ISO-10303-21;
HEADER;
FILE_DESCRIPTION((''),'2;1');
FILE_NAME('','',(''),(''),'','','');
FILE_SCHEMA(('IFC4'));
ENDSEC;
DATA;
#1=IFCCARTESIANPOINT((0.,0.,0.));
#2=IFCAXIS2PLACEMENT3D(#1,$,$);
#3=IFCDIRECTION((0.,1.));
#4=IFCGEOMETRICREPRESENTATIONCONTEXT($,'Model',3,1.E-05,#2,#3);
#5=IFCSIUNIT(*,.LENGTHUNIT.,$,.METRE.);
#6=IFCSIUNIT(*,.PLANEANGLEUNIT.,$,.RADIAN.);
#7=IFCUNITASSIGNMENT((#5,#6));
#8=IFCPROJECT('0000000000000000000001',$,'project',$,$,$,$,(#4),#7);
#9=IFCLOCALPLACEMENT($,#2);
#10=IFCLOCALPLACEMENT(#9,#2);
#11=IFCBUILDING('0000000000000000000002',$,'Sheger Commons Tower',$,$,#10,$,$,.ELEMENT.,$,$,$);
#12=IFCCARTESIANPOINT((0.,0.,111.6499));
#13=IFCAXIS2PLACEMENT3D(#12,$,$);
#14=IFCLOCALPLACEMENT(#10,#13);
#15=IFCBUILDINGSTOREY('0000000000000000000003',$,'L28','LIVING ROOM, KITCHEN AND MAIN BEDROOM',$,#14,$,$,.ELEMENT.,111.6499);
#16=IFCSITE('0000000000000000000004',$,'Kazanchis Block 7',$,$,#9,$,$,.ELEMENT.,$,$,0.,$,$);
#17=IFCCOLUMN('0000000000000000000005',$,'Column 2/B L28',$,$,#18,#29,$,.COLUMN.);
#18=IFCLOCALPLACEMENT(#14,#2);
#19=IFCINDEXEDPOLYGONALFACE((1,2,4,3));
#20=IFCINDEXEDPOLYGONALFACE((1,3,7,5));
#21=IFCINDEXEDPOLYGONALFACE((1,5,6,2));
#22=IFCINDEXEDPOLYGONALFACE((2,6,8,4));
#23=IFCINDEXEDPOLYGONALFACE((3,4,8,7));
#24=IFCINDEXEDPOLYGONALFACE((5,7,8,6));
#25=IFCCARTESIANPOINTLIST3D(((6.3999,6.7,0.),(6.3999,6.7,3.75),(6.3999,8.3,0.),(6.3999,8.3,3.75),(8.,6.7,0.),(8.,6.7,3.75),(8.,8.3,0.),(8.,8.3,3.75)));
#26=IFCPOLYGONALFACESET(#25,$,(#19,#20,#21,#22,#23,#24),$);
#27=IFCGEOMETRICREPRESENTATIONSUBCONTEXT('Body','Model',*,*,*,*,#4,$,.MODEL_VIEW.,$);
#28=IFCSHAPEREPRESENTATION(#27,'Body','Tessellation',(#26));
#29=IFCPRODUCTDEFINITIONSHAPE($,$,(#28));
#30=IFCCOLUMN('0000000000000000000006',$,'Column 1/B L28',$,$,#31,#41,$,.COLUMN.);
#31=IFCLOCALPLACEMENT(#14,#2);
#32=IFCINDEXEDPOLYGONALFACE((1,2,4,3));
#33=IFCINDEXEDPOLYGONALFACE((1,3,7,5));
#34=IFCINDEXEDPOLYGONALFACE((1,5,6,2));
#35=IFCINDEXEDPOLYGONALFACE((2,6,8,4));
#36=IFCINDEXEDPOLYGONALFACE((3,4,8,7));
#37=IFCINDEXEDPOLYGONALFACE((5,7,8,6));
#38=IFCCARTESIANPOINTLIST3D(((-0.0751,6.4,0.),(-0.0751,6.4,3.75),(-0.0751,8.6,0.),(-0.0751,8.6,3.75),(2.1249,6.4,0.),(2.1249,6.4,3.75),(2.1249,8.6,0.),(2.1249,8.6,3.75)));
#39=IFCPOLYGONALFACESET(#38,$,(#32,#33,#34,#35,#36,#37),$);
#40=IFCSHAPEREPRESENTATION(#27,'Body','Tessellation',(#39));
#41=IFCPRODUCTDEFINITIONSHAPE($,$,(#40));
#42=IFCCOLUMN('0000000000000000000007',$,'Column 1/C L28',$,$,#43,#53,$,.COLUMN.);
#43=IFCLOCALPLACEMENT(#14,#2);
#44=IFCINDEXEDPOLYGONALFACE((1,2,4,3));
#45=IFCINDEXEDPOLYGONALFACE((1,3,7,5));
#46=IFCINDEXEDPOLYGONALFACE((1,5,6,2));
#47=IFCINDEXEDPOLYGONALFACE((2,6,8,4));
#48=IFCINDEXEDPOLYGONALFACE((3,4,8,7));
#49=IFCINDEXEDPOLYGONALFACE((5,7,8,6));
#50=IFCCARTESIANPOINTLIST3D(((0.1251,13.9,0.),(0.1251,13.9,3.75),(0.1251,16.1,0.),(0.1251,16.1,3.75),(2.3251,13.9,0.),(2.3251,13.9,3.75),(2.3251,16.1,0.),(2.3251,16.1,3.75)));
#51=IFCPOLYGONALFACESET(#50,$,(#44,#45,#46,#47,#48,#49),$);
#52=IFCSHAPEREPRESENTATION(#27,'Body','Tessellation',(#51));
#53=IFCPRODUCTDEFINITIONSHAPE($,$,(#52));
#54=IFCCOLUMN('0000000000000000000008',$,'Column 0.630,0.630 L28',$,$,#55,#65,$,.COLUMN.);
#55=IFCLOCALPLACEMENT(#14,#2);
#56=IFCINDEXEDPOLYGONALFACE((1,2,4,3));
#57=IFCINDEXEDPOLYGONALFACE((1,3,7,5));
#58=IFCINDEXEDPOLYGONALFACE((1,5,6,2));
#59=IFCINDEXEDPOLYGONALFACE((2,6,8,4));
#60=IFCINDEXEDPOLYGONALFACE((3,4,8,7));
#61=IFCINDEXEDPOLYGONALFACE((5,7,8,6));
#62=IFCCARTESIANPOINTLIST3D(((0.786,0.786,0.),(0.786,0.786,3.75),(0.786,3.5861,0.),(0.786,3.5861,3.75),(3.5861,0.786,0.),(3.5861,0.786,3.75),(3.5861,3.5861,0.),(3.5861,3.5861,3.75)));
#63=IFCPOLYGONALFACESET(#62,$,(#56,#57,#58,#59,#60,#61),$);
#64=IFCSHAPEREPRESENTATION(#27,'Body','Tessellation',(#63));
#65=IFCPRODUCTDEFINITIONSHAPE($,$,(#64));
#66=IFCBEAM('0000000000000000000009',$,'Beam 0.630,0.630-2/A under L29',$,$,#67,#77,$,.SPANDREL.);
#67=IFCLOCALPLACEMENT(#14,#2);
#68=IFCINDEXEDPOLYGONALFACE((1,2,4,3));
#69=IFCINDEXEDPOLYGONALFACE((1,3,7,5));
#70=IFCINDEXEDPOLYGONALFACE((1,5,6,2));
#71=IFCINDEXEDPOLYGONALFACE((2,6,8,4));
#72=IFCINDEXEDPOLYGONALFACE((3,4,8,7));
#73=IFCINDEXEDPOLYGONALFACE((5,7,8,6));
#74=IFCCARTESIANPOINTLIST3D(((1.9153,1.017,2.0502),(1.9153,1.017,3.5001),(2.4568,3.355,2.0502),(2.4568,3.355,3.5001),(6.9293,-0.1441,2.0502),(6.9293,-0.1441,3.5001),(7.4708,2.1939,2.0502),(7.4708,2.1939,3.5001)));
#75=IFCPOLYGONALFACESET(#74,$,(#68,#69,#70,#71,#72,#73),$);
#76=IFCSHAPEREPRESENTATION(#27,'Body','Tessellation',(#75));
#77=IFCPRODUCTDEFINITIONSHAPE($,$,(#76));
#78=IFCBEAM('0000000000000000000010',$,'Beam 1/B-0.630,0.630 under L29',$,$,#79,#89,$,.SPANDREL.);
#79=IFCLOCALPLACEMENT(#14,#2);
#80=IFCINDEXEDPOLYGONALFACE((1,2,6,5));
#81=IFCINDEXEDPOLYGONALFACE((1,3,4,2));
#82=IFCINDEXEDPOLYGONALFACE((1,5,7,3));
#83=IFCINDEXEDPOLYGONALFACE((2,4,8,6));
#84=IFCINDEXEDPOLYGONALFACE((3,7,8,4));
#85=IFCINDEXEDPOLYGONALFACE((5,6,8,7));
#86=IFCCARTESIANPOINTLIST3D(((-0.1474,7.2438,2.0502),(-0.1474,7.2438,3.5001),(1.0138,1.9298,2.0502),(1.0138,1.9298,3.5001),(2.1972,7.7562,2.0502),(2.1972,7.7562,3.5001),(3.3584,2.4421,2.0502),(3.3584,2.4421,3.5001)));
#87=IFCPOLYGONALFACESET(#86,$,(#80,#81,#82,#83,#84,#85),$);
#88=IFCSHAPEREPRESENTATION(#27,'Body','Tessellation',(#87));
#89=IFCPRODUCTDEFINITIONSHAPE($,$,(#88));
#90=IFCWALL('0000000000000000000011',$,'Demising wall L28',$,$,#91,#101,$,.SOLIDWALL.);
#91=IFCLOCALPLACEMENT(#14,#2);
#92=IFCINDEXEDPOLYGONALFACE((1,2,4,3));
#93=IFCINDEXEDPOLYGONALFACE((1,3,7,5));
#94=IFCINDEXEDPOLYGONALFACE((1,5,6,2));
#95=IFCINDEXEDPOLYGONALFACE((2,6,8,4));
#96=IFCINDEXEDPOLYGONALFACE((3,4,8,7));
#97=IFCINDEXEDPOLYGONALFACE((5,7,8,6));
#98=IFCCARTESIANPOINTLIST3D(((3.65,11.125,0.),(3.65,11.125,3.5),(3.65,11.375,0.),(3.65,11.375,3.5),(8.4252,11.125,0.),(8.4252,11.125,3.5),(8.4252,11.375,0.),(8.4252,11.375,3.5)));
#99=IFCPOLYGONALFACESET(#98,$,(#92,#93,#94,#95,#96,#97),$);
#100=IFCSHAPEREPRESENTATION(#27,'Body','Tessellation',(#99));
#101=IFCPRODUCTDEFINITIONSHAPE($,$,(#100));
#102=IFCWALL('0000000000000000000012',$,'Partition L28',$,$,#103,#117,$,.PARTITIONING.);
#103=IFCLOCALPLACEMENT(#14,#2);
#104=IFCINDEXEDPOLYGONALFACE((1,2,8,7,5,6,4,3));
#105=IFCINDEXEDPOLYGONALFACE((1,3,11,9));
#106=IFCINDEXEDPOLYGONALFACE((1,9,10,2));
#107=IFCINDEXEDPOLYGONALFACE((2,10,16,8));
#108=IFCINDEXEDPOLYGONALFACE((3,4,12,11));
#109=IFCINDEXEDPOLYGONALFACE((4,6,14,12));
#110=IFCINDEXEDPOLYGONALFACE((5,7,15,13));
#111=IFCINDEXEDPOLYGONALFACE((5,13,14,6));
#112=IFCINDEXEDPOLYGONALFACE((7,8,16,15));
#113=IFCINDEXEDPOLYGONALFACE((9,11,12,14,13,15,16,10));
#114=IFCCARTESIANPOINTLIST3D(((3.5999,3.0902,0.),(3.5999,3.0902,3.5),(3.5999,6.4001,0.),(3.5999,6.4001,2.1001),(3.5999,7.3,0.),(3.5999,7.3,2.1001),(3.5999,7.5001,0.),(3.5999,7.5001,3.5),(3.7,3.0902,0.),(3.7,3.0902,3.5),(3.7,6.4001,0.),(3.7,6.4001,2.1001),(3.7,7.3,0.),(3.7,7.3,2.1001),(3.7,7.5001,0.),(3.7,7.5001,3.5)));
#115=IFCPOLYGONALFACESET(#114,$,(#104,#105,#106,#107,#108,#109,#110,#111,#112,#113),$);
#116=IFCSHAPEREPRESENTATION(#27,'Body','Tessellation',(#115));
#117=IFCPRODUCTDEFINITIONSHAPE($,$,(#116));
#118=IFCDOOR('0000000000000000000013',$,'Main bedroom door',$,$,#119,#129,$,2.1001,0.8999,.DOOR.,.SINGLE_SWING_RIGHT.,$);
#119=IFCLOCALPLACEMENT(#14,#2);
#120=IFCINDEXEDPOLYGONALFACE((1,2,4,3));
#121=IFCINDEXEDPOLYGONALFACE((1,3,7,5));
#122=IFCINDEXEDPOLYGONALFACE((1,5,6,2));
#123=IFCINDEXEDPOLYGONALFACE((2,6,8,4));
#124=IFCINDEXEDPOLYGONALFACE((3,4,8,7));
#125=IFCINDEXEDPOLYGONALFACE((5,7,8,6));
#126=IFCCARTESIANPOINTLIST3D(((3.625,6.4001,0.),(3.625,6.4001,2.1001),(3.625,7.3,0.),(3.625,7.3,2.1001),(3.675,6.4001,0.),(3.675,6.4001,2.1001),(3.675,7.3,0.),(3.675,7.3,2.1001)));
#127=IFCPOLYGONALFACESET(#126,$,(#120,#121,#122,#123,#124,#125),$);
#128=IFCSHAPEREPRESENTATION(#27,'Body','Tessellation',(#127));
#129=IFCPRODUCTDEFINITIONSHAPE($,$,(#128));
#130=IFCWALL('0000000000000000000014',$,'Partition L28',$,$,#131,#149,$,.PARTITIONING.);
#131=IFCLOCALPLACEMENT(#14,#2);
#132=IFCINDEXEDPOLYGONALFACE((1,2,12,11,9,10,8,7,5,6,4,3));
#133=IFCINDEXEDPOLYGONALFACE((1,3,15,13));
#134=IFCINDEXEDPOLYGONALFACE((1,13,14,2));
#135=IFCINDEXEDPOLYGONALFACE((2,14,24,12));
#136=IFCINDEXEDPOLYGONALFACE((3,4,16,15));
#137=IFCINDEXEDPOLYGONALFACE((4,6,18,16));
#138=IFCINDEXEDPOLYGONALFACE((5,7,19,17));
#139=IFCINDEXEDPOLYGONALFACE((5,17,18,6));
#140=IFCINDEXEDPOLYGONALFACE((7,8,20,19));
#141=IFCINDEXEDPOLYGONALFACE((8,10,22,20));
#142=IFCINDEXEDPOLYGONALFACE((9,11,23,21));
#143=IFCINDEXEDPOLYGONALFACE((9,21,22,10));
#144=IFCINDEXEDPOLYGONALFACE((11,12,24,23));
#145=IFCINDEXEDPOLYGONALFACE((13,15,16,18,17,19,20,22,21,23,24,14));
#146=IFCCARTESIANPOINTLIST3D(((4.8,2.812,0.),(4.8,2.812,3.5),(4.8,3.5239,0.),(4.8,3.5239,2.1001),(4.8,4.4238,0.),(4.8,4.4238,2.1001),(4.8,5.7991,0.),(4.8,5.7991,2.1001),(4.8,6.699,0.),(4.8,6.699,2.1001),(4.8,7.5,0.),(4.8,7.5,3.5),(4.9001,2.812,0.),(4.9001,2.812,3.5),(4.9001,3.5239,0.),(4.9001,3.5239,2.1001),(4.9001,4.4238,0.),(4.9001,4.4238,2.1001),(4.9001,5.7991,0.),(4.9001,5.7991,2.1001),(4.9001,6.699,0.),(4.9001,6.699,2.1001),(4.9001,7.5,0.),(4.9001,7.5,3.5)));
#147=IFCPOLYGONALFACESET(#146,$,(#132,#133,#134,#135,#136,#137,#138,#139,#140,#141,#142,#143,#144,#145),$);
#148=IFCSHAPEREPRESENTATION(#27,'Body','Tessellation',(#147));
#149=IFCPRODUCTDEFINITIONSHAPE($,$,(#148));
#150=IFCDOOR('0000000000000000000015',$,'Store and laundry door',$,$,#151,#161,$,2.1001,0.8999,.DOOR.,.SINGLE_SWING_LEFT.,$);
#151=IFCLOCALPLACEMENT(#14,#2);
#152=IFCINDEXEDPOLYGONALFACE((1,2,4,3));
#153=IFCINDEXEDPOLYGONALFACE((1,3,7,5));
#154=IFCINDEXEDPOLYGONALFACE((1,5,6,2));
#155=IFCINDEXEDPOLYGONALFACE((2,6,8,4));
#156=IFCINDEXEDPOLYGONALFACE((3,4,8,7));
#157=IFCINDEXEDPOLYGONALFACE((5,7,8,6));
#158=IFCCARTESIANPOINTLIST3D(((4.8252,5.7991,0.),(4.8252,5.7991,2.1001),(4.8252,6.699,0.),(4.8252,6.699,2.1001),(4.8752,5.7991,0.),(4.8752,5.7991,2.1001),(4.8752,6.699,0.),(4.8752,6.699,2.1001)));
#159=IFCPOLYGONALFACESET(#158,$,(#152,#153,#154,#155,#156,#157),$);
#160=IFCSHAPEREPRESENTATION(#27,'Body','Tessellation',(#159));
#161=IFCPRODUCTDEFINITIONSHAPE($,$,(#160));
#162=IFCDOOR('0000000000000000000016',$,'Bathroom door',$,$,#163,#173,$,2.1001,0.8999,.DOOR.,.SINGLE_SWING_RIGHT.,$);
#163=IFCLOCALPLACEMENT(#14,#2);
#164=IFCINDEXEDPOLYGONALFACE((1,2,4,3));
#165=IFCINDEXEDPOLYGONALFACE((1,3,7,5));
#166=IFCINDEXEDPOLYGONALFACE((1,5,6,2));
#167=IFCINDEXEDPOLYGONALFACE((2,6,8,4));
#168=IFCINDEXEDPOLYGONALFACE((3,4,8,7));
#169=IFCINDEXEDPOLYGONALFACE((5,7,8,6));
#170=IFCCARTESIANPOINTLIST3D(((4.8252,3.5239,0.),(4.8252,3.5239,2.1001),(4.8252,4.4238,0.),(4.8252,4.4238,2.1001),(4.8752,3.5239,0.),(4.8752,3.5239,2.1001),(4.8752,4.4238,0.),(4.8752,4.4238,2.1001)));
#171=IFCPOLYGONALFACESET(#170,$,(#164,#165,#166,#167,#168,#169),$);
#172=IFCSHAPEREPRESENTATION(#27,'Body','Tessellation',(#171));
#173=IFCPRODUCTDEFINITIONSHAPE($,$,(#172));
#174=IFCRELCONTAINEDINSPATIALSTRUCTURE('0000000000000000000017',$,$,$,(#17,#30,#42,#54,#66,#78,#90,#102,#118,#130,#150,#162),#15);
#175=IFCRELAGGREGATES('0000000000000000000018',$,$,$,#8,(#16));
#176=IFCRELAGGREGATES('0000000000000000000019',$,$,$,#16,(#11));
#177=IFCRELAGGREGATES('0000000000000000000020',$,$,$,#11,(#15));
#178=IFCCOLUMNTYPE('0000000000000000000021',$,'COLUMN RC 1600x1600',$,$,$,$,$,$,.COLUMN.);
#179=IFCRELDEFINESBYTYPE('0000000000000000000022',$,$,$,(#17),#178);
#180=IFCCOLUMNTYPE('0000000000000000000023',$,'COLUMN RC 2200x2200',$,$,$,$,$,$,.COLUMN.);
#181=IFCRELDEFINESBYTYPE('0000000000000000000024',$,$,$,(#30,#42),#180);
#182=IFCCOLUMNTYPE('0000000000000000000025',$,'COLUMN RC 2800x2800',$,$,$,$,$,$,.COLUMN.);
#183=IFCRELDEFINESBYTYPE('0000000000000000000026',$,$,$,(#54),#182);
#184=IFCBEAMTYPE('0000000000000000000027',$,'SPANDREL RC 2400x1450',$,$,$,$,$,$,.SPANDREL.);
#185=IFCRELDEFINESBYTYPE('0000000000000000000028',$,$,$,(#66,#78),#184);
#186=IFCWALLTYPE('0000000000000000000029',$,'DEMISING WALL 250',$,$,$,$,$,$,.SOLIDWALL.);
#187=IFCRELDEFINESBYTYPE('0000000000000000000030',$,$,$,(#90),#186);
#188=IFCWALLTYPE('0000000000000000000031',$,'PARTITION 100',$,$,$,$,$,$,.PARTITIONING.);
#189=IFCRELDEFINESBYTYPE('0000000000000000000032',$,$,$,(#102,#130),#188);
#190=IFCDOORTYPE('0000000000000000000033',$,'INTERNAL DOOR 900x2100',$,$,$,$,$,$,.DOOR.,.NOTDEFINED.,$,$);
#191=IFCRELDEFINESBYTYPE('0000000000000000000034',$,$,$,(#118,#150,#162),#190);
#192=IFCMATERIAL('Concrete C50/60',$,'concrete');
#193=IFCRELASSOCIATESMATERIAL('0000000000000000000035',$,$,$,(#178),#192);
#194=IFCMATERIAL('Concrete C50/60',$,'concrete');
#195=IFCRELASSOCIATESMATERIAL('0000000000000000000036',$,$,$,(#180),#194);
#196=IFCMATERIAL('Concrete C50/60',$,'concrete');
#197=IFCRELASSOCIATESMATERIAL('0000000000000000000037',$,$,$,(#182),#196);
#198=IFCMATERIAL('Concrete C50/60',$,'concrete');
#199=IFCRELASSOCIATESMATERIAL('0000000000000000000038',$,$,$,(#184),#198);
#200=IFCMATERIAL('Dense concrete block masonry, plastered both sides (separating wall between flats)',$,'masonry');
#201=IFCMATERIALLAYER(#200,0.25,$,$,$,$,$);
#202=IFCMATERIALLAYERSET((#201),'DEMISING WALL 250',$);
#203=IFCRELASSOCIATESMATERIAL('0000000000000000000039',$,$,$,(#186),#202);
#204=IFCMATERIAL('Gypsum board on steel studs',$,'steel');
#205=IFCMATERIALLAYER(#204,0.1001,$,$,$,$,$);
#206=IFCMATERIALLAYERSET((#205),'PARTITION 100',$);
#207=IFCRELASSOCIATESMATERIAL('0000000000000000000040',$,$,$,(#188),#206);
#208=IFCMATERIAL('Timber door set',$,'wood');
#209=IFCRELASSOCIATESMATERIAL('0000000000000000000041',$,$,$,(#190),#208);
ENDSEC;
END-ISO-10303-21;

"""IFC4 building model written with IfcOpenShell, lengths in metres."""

from ifc_helpers import new_model, si_unit, direction, frame, frame_2d, origin, origin_2d, place, context, subcontext, project, spatial, rectangle, extrude, material, layer, layer_set, material_profile, profile_set, type_object, element, fill, save


model = new_model("IFC4")

# Units and contexts
model_context = context("Model", 3, precision=1e-05, world=origin(), true_north=direction((0.0, 1.0)))
body_context = subcontext(model_context, "Body", "Model", "MODEL_VIEW")
ifc_project = project(units=[si_unit("LENGTHUNIT", "METRE"), si_unit("PLANEANGLEUNIT", "RADIAN")], contexts=[model_context])

# Site, building, storey
site_placement = place(None, origin())
site = spatial("IfcSite", under=ifc_project, at=site_placement, Name="Kazanchis Block 7", CompositionType="ELEMENT", RefElevation=0.0)
building_placement = place(site_placement, origin())
building = spatial("IfcBuilding", under=site, at=building_placement, Name="Sheger Commons Tower", CompositionType="ELEMENT")
storey_placement = place(building_placement, frame((0.0, 0.0, 111.6499)))
storey = spatial("IfcBuildingStorey", under=building, at=storey_placement, Name="L28", Description="LIVING ROOM, KITCHEN AND MAIN BEDROOM", CompositionType="ELEMENT", Elevation=111.6499)

# Columns
ifc_material_1 = material(Name="Concrete C50/60", Category="concrete")
ifc_material_profile_1 = material_profile(ifc_material_1, rectangle(XDim=1.6001, YDim=1.6001, at=origin_2d()), Name="RC 1600x1600")
ifc_profile_set_1 = profile_set([ifc_material_profile_1], Name="Concrete C50/60")
column_type_1 = type_object("IfcColumnType", Name="COLUMN RC 1600x1600", PredefinedType="COLUMN", material=ifc_profile_set_1)
column_1_placement = place(storey_placement, frame((7.2, 7.5, 0.0), z_axis=(0.0, 0.0, 1.0), x_axis=(1.0, 0.0, 0.0)))
element("IfcColumn", 1, at=column_1_placement, inside=storey, type_object=column_type_1, Name="Column 2/B L28", PredefinedType="COLUMN", context=body_context, shape_type="SweptSolid", body=[
    extrude(rectangle(XDim=1.6001, YDim=1.6001, at=origin_2d()), origin(), (0.0, 0.0, 1.0), 3.75),
])
ifc_material_2 = material(Name="Concrete C50/60", Category="concrete")
ifc_material_profile_2 = material_profile(ifc_material_2, rectangle(XDim=2.2, YDim=2.2, at=origin_2d()), Name="RC 2200x2200")
ifc_profile_set_2 = profile_set([ifc_material_profile_2], Name="Concrete C50/60")
column_type_2 = type_object("IfcColumnType", Name="COLUMN RC 2200x2200", PredefinedType="COLUMN", material=ifc_profile_set_2)
for number, where, z_axis, x_axis, name in (
    (2, (1.0249, 7.5, 0.0), (0.0, 0.0, 1.0), (1.0, 0.0, 0.0), "Column 1/B L28"),
    (3, (1.2251, 15.0, 0.0), (0.0, 0.0, 1.0), (1.0, 0.0, 0.0), "Column 1/C L28"),
):
    element("IfcColumn", number, at=place(storey_placement, frame(where, z_axis=z_axis, x_axis=x_axis)), inside=storey, type_object=column_type_2, Name=name, PredefinedType="COLUMN", context=body_context, shape_type="SweptSolid", body=[
        extrude(rectangle(XDim=2.2, YDim=2.2, at=origin_2d()), origin(), (0.0, 0.0, 1.0), 3.75),
    ])
ifc_material_3 = material(Name="Concrete C50/60", Category="concrete")
ifc_material_profile_3 = material_profile(ifc_material_3, rectangle(XDim=2.8, YDim=2.8, at=origin_2d()), Name="RC 2800x2800")
ifc_profile_set_3 = profile_set([ifc_material_profile_3], Name="Concrete C50/60")
column_type_3 = type_object("IfcColumnType", Name="COLUMN RC 2800x2800", PredefinedType="COLUMN", material=ifc_profile_set_3)
column_2_placement = place(storey_placement, frame((2.186, 2.186, 0.0), z_axis=(0.0, 0.0, 1.0), x_axis=(1.0, 0.0, 0.0)))
element("IfcColumn", 4, at=column_2_placement, inside=storey, type_object=column_type_3, Name="Column 0.630,0.630 L28", PredefinedType="COLUMN", context=body_context, shape_type="SweptSolid", body=[
    extrude(rectangle(XDim=2.8, YDim=2.8, at=origin_2d()), origin(), (0.0, 0.0, 1.0), 3.75),
])

# Beams
ifc_material_4 = material(Name="Concrete C50/60", Category="concrete")
ifc_material_profile_4 = material_profile(ifc_material_4, rectangle(XDim=2.3999, YDim=1.45, at=origin_2d()), Name="RC 2400x1450")
ifc_profile_set_4 = profile_set([ifc_material_profile_4], Name="Concrete C50/60")
beam_type = type_object("IfcBeamType", Name="SPANDREL RC 2400x1450", PredefinedType="SPANDREL", material=ifc_profile_set_4)
beam_1_placement = place(storey_placement, frame((2.186, 2.186, 2.7751), z_axis=(0.974217, -0.225611, 0.0), x_axis=(0.225611, 0.974217, 0.0)))
element("IfcBeam", 5, at=beam_1_placement, inside=storey, type_object=beam_type, Name="Beam 0.630,0.630-2/A under L29", PredefinedType="SPANDREL", context=body_context, shape_type="SweptSolid", body=[
    extrude(rectangle(XDim=2.3999, YDim=1.45, at=origin_2d()), origin(), (0.0, 0.0, 1.0), 5.1467),
])
beam_2_placement = place(storey_placement, frame((1.0249, 7.5, 2.7751), z_axis=(0.213469, -0.97695, 0.0), x_axis=(0.97695, 0.213469, 0.0)))
element("IfcBeam", 6, at=beam_2_placement, inside=storey, type_object=beam_type, Name="Beam 1/B-0.630,0.630 under L29", PredefinedType="SPANDREL", context=body_context, shape_type="SweptSolid", body=[
    extrude(rectangle(XDim=2.3999, YDim=1.45, at=origin_2d()), origin(), (0.0, 0.0, 1.0), 5.4395),
])

# Wall
ifc_material_5 = material(Name="Dense concrete block masonry, plastered both sides (separating wall between flats)", Category="masonry")
ifc_layer_1 = layer(ifc_material_5, 0.25)
ifc_layer_set_1 = layer_set([ifc_layer_1], Name="DEMISING WALL 250")
wall_type_1 = type_object("IfcWallType", Name="DEMISING WALL 250", PredefinedType="SOLIDWALL", material=ifc_layer_set_1)
wall_1_placement = place(storey_placement, frame((3.6499, 11.25, 0.0), z_axis=(0.0, 0.0, 1.0), x_axis=(1.0, 0.0, 0.0)))
element("IfcWall", 7, at=wall_1_placement, inside=storey, type_object=wall_type_1, Name="Demising wall L28", PredefinedType="SOLIDWALL", context=body_context, shape_type="SweptSolid", body=[
    extrude(rectangle(XDim=4.7751, YDim=0.25, at=frame_2d((2.3877, 0.0))), origin(), (0.0, 0.0, 1.0), 3.5),
])

# Wall, opening, door
ifc_material_6 = material(Name="Gypsum board on steel studs", Category="steel")
ifc_layer_2 = layer(ifc_material_6, 0.1001)
ifc_layer_set_2 = layer_set([ifc_layer_2], Name="PARTITION 100")
wall_type_2 = type_object("IfcWallType", Name="PARTITION 100", PredefinedType="PARTITIONING", material=ifc_layer_set_2)
wall_2_placement = place(storey_placement, frame((3.6499, 3.0901, 0.0), z_axis=(0.0, 0.0, 1.0), x_axis=(0.0, 1.0, 0.0)))
wall_2 = element("IfcWall", 8, at=wall_2_placement, inside=storey, type_object=wall_type_2, Name="Partition L28", PredefinedType="PARTITIONING", context=body_context, shape_type="SweptSolid", body=[
    extrude(rectangle(XDim=4.4099, YDim=0.1001, at=frame_2d((2.2051, 0.0))), origin(), (0.0, 0.0, 1.0), 3.5),
])
opening_1_placement = place(wall_2_placement, frame((3.3101, 0.0, 0.0)))
opening_1 = element("IfcOpeningElement", 9, at=opening_1_placement, cuts=wall_2, PredefinedType="OPENING", context=body_context, shape_type="SweptSolid", body=[
    extrude(rectangle(XDim=0.8999, YDim=2.1001, at=frame_2d((0.45, 1.05))), frame((0.0, 0.0601, 0.0), z_axis=(0.0, -1.0, 0.0), x_axis=(1.0, 0.0, 0.0)), (0.0, 0.0, 1.0), 0.1201),
])
ifc_material_7 = material(Name="Timber door set", Category="wood")
door_type = type_object("IfcDoorType", Name="INTERNAL DOOR 900x2100", OperationType="NOTDEFINED", PredefinedType="DOOR", material=ifc_material_7)
door_1_placement = place(opening_1_placement, origin())
door_1 = element("IfcDoor", 10, at=door_1_placement, inside=storey, type_object=door_type, Name="Main bedroom door", OperationType="SINGLE_SWING_RIGHT", OverallHeight=2.1001, OverallWidth=0.8999, PredefinedType="DOOR", context=body_context, shape_type="SweptSolid", body=[
    extrude(rectangle(XDim=0.8999, YDim=2.1001, at=frame_2d((0.45, 1.05))), frame((0.0, 0.0249, 0.0), z_axis=(0.0, -1.0, 0.0), x_axis=(1.0, 0.0, 0.0)), (0.0, 0.0, 1.0), 0.05),
])
fill(opening_1, door_1)

# Wall, openings, doors
wall_3_placement = place(storey_placement, frame((4.8501, 2.812, 0.0), z_axis=(0.0, 0.0, 1.0), x_axis=(0.0, 1.0, 0.0)))
wall_3 = element("IfcWall", 11, at=wall_3_placement, inside=storey, type_object=wall_type_2, Name="Partition L28", PredefinedType="PARTITIONING", context=body_context, shape_type="SweptSolid", body=[
    extrude(rectangle(XDim=4.688, YDim=0.1001, at=frame_2d((2.344, 0.0))), origin(), (0.0, 0.0, 1.0), 3.5),
])
opening_2_placement = place(wall_3_placement, frame((2.9871, 0.0, 0.0)))
opening_2 = element("IfcOpeningElement", 12, at=opening_2_placement, cuts=wall_3, PredefinedType="OPENING", context=body_context, shape_type="SweptSolid", body=[
    extrude(rectangle(XDim=0.8999, YDim=2.1001, at=frame_2d((0.45, 1.05))), frame((0.0, 0.0601, 0.0), z_axis=(0.0, -1.0, 0.0), x_axis=(1.0, 0.0, 0.0)), (0.0, 0.0, 1.0), 0.1201),
])
opening_3_placement = place(wall_3_placement, frame((0.7119, 0.0, 0.0)))
opening_3 = element("IfcOpeningElement", 13, at=opening_3_placement, cuts=wall_3, PredefinedType="OPENING", context=body_context, shape_type="SweptSolid", body=[
    extrude(rectangle(XDim=0.8999, YDim=2.1001, at=frame_2d((0.45, 1.05))), frame((0.0, 0.0601, 0.0), z_axis=(0.0, -1.0, 0.0), x_axis=(1.0, 0.0, 0.0)), (0.0, 0.0, 1.0), 0.1201),
])
door_2_placement = place(opening_2_placement, origin())
door_2 = element("IfcDoor", 14, at=door_2_placement, inside=storey, type_object=door_type, Name="Store and laundry door", OperationType="SINGLE_SWING_LEFT", OverallHeight=2.1001, OverallWidth=0.8999, PredefinedType="DOOR", context=body_context, shape_type="SweptSolid", body=[
    extrude(rectangle(XDim=0.8999, YDim=2.1001, at=frame_2d((0.45, 1.05))), frame((0.0, 0.0249, 0.0), z_axis=(0.0, -1.0, 0.0), x_axis=(1.0, 0.0, 0.0)), (0.0, 0.0, 1.0), 0.05),
])
fill(opening_2, door_2)
door_3_placement = place(opening_3_placement, origin())
door_3 = element("IfcDoor", 15, at=door_3_placement, inside=storey, type_object=door_type, Name="Bathroom door", OperationType="SINGLE_SWING_RIGHT", OverallHeight=2.1001, OverallWidth=0.8999, PredefinedType="DOOR", context=body_context, shape_type="SweptSolid", body=[
    extrude(rectangle(XDim=0.8999, YDim=2.1001, at=frame_2d((0.45, 1.05))), frame((0.0, 0.0249, 0.0), z_axis=(0.0, -1.0, 0.0), x_axis=(1.0, 0.0, 0.0)), (0.0, 0.0, 1.0), 0.05),
])
fill(opening_3, door_3)

save(model, "model.ifc")
